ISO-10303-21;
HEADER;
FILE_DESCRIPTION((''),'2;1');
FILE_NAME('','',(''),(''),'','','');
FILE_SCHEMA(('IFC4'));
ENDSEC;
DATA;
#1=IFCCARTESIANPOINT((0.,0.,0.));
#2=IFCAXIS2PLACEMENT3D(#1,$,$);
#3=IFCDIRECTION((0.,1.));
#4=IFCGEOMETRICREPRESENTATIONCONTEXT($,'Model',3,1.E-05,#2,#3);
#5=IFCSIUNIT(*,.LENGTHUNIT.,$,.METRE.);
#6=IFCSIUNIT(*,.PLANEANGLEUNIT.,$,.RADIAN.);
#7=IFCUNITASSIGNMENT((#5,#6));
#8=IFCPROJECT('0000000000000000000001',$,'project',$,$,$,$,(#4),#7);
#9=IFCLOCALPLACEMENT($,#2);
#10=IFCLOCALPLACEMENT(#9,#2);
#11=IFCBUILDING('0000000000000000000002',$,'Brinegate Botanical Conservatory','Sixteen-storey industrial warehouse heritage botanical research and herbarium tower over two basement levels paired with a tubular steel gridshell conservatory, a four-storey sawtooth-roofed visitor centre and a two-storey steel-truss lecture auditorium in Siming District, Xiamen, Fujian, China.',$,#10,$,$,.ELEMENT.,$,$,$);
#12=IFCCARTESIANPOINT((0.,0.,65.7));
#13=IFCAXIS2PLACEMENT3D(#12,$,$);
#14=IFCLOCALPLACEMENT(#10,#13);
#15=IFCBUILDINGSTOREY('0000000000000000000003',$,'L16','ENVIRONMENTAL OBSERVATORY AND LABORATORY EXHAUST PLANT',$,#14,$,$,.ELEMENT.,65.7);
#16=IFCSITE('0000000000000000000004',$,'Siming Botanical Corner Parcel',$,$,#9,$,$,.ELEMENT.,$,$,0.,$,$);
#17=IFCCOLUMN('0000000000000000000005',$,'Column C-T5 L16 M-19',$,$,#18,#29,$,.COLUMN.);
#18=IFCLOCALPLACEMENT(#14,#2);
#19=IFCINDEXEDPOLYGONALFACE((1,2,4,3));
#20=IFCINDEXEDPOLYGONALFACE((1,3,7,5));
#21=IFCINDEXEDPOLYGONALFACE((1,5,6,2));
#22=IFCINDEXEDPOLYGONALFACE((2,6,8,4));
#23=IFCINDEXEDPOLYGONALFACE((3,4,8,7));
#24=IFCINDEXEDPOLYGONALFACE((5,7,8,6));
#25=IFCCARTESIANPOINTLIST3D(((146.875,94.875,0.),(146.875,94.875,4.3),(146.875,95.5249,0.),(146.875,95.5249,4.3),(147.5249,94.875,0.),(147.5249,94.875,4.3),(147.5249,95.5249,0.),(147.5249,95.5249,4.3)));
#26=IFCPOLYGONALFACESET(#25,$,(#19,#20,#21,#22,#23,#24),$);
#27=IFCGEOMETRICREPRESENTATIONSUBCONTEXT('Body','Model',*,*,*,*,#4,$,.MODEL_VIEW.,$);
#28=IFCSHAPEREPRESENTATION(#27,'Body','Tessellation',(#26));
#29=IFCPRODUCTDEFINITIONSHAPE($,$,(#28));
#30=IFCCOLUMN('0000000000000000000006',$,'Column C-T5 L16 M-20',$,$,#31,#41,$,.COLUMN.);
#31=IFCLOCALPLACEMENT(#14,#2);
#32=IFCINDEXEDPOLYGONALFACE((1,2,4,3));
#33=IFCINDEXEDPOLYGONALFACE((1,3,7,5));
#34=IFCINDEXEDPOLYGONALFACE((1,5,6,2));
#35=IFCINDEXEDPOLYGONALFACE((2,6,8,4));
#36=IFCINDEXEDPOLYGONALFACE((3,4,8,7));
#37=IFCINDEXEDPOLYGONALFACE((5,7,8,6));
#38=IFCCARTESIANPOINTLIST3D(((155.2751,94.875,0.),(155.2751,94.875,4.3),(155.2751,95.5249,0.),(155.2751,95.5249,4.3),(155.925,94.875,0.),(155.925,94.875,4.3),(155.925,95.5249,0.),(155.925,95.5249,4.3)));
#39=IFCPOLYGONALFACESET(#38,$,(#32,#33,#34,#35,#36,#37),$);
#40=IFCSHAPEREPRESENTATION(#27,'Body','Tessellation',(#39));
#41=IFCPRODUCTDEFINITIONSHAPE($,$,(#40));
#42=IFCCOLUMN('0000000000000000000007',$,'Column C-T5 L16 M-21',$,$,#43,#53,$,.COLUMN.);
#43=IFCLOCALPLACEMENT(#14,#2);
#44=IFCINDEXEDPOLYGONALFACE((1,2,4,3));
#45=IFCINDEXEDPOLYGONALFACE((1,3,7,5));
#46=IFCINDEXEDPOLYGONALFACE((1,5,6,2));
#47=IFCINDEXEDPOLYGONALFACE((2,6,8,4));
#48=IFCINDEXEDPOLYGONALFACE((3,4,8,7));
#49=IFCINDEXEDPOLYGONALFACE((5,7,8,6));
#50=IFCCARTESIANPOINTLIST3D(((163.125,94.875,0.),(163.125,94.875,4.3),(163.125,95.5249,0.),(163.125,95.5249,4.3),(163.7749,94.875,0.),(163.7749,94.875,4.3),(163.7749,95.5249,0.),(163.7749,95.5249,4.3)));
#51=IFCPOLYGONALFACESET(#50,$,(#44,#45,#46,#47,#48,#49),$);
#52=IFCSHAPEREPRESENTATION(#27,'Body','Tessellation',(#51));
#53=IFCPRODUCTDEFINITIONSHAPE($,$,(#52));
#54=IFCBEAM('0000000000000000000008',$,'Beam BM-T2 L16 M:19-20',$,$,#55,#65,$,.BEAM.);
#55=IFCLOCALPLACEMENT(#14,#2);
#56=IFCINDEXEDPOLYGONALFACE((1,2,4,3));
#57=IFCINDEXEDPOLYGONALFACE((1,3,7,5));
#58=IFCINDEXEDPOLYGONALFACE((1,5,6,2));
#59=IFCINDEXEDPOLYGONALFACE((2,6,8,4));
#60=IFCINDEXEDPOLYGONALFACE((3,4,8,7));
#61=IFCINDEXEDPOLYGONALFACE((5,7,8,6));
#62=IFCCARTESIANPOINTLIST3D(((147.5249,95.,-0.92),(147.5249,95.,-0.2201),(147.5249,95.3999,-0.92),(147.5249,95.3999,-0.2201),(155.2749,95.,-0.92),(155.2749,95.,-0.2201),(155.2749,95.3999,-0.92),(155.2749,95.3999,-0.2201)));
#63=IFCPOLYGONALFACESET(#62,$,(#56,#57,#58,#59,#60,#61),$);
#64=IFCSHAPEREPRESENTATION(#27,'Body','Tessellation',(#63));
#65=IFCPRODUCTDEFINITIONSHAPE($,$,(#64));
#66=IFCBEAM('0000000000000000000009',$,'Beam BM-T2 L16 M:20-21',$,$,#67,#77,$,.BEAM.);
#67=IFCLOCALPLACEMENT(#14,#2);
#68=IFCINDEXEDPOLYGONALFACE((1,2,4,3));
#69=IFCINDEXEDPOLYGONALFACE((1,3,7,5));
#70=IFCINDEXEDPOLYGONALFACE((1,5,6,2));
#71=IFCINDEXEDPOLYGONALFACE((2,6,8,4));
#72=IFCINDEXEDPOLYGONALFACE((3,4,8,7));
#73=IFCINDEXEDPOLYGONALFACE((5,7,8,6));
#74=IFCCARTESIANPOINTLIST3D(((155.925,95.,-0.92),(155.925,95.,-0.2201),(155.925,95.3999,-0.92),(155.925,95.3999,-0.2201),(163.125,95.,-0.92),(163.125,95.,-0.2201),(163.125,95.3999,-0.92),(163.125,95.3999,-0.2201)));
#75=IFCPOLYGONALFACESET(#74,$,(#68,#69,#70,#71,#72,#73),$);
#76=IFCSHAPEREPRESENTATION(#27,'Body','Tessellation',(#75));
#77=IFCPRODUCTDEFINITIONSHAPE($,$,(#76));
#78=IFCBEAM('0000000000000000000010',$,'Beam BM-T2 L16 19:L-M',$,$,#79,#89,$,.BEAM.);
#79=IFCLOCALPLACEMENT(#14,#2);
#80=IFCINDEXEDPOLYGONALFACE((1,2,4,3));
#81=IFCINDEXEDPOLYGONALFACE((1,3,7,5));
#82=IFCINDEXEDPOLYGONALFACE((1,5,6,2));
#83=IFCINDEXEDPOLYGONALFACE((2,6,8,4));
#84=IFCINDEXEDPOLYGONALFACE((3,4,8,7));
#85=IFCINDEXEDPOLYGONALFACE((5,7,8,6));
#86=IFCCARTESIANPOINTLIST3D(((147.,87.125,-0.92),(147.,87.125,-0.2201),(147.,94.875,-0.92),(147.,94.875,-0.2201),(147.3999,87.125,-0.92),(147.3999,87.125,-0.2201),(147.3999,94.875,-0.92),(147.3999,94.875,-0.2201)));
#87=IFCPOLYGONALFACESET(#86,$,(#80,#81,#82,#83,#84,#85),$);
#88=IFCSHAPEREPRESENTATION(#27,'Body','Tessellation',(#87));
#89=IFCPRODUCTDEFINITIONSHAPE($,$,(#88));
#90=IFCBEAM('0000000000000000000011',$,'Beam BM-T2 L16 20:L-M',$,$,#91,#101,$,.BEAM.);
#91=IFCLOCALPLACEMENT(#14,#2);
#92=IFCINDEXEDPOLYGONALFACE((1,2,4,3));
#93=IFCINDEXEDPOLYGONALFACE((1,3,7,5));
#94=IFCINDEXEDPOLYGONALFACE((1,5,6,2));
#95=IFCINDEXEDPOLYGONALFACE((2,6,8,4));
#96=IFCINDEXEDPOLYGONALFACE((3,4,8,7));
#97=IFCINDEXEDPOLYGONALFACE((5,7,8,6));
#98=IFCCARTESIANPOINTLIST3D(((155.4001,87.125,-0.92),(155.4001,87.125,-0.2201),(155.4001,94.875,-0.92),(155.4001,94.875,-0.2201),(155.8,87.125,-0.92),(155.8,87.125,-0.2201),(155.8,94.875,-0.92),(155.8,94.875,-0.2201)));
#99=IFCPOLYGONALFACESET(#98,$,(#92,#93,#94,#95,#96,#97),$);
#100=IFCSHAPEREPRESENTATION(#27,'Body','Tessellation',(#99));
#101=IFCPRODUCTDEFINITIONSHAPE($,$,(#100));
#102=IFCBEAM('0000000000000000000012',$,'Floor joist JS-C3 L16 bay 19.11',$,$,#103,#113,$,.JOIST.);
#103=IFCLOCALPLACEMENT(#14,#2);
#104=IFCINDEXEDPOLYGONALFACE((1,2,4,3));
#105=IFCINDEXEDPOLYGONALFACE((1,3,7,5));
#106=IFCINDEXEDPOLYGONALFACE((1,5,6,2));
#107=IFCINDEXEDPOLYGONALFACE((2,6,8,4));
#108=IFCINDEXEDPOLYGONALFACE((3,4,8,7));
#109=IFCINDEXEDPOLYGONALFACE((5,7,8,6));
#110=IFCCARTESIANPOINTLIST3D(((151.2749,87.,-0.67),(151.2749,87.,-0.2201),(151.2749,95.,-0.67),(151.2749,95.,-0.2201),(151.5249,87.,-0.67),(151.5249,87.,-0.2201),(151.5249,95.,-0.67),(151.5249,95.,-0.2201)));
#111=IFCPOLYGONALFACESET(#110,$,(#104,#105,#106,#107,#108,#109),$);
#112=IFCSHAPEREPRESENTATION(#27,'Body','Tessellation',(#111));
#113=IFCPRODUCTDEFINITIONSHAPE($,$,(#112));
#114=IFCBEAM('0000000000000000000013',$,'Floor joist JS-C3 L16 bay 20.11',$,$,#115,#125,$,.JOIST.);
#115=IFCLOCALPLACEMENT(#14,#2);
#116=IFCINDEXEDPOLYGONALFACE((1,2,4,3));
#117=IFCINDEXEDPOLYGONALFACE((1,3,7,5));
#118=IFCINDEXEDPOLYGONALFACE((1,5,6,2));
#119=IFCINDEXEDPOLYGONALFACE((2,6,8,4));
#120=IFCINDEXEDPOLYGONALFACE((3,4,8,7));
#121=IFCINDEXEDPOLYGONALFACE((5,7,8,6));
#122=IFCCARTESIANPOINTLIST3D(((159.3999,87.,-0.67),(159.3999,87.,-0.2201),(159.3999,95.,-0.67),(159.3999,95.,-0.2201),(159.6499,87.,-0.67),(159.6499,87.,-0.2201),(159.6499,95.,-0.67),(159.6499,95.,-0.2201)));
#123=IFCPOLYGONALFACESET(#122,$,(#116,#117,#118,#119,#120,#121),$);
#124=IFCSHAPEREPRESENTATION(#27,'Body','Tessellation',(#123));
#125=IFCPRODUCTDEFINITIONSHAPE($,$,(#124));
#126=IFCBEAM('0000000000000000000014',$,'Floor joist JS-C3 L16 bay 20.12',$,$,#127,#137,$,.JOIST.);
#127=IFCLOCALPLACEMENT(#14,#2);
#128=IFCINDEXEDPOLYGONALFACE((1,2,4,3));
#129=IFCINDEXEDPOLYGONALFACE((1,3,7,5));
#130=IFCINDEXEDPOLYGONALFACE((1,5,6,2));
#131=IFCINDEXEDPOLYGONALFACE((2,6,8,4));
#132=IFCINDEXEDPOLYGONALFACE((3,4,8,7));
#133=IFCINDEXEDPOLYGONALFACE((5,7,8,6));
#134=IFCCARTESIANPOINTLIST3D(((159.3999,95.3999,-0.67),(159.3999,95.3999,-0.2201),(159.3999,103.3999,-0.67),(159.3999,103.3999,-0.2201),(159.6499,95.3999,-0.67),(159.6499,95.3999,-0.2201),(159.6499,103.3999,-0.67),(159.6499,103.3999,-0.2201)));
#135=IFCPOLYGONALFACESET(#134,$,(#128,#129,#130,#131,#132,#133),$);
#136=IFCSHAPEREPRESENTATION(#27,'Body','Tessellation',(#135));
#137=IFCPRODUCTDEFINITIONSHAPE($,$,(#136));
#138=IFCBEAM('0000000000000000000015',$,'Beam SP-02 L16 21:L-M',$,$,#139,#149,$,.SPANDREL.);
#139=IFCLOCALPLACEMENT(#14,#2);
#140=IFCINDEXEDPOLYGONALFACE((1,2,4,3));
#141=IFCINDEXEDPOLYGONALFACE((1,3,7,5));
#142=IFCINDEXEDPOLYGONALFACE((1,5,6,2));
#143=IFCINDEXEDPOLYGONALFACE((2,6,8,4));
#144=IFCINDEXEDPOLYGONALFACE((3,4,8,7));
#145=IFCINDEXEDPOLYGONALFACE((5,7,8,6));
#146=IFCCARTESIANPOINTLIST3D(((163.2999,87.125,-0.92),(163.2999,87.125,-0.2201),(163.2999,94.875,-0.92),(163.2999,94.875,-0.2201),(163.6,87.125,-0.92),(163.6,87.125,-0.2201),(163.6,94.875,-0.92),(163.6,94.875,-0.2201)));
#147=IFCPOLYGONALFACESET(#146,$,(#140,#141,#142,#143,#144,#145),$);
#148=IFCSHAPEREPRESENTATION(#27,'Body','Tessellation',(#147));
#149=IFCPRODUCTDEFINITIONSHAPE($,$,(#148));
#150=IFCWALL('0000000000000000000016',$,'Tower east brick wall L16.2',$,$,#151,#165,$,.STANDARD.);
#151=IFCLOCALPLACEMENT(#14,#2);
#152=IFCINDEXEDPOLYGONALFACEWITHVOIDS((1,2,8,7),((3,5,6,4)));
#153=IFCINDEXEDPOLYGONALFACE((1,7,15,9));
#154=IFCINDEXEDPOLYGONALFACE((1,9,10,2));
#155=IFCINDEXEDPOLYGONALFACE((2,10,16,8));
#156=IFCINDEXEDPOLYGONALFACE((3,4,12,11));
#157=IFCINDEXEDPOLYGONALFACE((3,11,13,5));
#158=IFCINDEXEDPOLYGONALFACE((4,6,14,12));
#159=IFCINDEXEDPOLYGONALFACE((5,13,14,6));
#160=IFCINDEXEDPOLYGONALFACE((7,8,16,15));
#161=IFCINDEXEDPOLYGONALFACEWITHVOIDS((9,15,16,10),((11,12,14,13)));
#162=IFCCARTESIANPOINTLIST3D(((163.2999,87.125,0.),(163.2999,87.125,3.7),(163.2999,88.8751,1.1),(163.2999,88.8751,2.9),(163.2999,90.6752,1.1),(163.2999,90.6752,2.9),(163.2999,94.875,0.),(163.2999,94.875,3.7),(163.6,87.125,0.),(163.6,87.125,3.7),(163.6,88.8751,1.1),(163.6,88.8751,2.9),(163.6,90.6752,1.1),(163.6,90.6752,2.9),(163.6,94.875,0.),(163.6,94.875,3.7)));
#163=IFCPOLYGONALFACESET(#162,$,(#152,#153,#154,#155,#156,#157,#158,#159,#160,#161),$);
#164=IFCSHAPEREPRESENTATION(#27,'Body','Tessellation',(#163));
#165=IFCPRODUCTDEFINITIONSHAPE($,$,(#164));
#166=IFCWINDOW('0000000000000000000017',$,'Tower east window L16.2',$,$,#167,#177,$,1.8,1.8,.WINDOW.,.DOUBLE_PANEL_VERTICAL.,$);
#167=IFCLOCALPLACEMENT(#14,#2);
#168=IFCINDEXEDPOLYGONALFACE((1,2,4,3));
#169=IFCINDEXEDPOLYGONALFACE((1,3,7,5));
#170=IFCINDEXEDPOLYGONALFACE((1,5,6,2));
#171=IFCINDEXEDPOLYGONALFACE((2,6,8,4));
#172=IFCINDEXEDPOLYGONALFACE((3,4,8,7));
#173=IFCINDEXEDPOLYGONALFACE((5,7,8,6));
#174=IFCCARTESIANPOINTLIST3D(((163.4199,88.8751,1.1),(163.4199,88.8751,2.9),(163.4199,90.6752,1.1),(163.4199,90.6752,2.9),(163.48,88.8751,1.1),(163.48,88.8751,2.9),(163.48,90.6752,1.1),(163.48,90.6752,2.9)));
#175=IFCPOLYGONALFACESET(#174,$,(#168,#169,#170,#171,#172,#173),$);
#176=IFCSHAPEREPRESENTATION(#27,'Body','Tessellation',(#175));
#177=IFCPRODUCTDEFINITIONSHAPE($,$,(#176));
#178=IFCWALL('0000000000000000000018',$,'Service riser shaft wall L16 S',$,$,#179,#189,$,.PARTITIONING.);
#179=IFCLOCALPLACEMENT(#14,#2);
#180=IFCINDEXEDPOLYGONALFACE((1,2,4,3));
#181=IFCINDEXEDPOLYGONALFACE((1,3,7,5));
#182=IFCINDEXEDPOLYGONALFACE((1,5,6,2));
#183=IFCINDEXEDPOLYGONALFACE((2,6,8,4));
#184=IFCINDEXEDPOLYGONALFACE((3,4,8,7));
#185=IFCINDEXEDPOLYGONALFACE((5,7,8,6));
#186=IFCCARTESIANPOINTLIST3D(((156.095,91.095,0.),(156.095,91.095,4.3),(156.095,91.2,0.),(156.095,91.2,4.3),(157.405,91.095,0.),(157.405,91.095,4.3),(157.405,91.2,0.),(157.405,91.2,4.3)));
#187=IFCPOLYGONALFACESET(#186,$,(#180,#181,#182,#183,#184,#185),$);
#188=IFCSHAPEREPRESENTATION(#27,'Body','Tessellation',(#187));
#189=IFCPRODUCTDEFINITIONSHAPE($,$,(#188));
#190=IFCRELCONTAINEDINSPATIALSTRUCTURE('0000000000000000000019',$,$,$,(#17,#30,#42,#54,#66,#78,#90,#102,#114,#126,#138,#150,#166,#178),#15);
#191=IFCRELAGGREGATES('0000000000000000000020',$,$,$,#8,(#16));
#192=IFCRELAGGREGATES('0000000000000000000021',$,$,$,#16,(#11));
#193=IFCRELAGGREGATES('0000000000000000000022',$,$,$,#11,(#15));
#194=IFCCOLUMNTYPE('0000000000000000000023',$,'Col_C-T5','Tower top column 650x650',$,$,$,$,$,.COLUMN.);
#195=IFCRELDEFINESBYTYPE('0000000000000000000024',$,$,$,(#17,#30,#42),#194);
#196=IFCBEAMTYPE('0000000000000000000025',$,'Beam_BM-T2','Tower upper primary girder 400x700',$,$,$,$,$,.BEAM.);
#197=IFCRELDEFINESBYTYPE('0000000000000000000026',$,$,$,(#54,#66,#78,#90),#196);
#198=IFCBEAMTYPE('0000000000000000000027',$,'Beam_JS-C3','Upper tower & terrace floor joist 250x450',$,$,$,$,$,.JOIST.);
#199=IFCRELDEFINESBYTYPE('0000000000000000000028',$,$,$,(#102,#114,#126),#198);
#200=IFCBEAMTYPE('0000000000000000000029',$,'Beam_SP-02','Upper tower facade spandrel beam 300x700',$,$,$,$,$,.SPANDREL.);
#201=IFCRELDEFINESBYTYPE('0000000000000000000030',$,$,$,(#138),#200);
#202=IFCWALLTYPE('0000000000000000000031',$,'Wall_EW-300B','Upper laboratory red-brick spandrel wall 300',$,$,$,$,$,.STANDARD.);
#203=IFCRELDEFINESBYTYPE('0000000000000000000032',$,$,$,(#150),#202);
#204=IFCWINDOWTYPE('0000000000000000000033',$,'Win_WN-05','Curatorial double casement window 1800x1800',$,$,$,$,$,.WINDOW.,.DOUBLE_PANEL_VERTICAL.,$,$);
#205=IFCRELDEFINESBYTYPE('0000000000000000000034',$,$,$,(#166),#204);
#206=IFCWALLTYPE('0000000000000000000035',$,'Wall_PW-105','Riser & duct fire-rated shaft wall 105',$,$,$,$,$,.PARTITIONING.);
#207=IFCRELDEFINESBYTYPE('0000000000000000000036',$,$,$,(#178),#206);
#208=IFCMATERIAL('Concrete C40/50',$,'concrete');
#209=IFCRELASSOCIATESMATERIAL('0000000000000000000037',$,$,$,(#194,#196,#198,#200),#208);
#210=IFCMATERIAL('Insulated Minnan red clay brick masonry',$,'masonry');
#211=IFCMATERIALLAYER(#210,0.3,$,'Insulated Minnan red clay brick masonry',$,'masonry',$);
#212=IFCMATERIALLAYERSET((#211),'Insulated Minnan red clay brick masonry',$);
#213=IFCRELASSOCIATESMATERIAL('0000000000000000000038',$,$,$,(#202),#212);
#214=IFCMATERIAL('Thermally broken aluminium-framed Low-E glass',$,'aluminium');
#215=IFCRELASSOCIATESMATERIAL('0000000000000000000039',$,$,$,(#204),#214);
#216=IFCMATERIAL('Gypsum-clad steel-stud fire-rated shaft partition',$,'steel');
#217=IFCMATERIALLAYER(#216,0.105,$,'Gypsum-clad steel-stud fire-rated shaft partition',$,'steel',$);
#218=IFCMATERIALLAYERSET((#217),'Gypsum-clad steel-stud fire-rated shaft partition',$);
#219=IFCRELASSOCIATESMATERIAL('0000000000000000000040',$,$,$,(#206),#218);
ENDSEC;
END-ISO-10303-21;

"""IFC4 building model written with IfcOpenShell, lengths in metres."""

from ifc_helpers import new_model, si_unit, direction, frame, frame_2d, origin, origin_2d, place, context, subcontext, project, spatial, rectangle, extrude, material, layer, layer_set, material_profile, profile_set, type_object, element, fill, save


model = new_model("IFC4")

# Units and contexts
model_context = context("Model", 3, precision=1e-05, world=origin(), true_north=direction((0.0, 1.0)))
body_context = subcontext(model_context, "Body", "Model", "MODEL_VIEW")
ifc_project = project(units=[si_unit("LENGTHUNIT", "METRE"), si_unit("PLANEANGLEUNIT", "RADIAN")], contexts=[model_context])

# Site, building, storey
site_placement = place(None, origin())
site = spatial("IfcSite", under=ifc_project, at=site_placement, Name="Siming Botanical Corner Parcel", CompositionType="ELEMENT", RefElevation=0.0)
building_placement = place(site_placement, origin())
building = spatial("IfcBuilding", under=site, at=building_placement, Name="Brinegate Botanical Conservatory", Description="Sixteen-storey industrial warehouse heritage botanical research and herbarium tower over two basement levels paired with a tubular steel gridshell conservatory, a four-storey sawtooth-roofed visitor centre and a two-storey steel-truss lecture auditorium in Siming District, Xiamen, Fujian, China.", CompositionType="ELEMENT")
storey_placement = place(building_placement, frame((0.0, 0.0, 65.7)))
storey = spatial("IfcBuildingStorey", under=building, at=storey_placement, Name="L16", Description="ENVIRONMENTAL OBSERVATORY AND LABORATORY EXHAUST PLANT", CompositionType="ELEMENT", Elevation=65.7)

# Columns
ifc_material_1 = material(Name="Concrete C40/50", Category="concrete")
ifc_material_profile_1 = material_profile(ifc_material_1, rectangle(XDim=0.6499, YDim=0.6499, at=origin_2d()), Name="RC COL 650x650")
ifc_profile_set_1 = profile_set([ifc_material_profile_1], Name="Concrete C40/50")
column_type = type_object("IfcColumnType", Name="Col_C-T5", Description="Tower top column 650x650", PredefinedType="COLUMN", material=ifc_profile_set_1)
for number, where, z_axis, x_axis, name in (
    (1, (147.2, 95.2, 0.0), (0.0, 0.0, 1.0), (1.0, 0.0, 0.0), "Column C-T5 L16 M-19"),
    (2, (155.6001, 95.2, 0.0), (0.0, 0.0, 1.0), (1.0, 0.0, 0.0), "Column C-T5 L16 M-20"),
    (3, (163.45, 95.2, 0.0), (0.0, 0.0, 1.0), (1.0, 0.0, 0.0), "Column C-T5 L16 M-21"),
):
    element("IfcColumn", number, at=place(storey_placement, frame(where, z_axis=z_axis, x_axis=x_axis)), inside=storey, type_object=column_type, Name=name, PredefinedType="COLUMN", context=body_context, shape_type="SweptSolid", body=[
        extrude(rectangle(XDim=0.6499, YDim=0.6499, at=origin_2d()), origin(), (0.0, 0.0, 1.0), 4.3),
    ])

# Beams
ifc_material_profile_2 = material_profile(ifc_material_1, rectangle(XDim=0.3999, YDim=0.7, at=origin_2d()), Name="RC BM 400x700")
ifc_profile_set_2 = profile_set([ifc_material_profile_2], Name="Concrete C40/50")
beam_type_1 = type_object("IfcBeamType", Name="Beam_BM-T2", Description="Tower upper primary girder 400x700", PredefinedType="BEAM", material=ifc_profile_set_2)
beam_1_placement = place(storey_placement, frame((147.5249, 95.2, -0.5701), z_axis=(1.0, 0.0, 0.0), x_axis=(0.0, 1.0, 0.0)))
element("IfcBeam", 4, at=beam_1_placement, inside=storey, type_object=beam_type_1, Name="Beam BM-T2 L16 M:19-20", PredefinedType="BEAM", context=body_context, shape_type="SweptSolid", body=[
    extrude(rectangle(XDim=0.3999, YDim=0.7, at=origin_2d()), origin(), (0.0, 0.0, 1.0), 7.75),
])
beam_2_placement = place(storey_placement, frame((155.925, 95.2, -0.5701), z_axis=(1.0, 0.0, 0.0), x_axis=(0.0, 1.0, 0.0)))
element("IfcBeam", 5, at=beam_2_placement, inside=storey, type_object=beam_type_1, Name="Beam BM-T2 L16 M:20-21", PredefinedType="BEAM", context=body_context, shape_type="SweptSolid", body=[
    extrude(rectangle(XDim=0.3999, YDim=0.7, at=origin_2d()), origin(), (0.0, 0.0, 1.0), 7.2),
])
for number, where, z_axis, x_axis, name in (
    (6, (147.2, 87.125, -0.5701), (0.0, 1.0, 0.0), (-1.0, 0.0, 0.0), "Beam BM-T2 L16 19:L-M"),
    (7, (155.6001, 87.125, -0.5701), (0.0, 1.0, 0.0), (-1.0, 0.0, 0.0), "Beam BM-T2 L16 20:L-M"),
):
    element("IfcBeam", number, at=place(storey_placement, frame(where, z_axis=z_axis, x_axis=x_axis)), inside=storey, type_object=beam_type_1, Name=name, PredefinedType="BEAM", context=body_context, shape_type="SweptSolid", body=[
        extrude(rectangle(XDim=0.3999, YDim=0.7, at=origin_2d()), origin(), (0.0, 0.0, 1.0), 7.75),
    ])
ifc_material_profile_3 = material_profile(ifc_material_1, rectangle(XDim=0.25, YDim=0.45, at=origin_2d()), Name="RC JST 250x450")
ifc_profile_set_3 = profile_set([ifc_material_profile_3], Name="Concrete C40/50")
beam_type_2 = type_object("IfcBeamType", Name="Beam_JS-C3", Description="Upper tower & terrace floor joist 250x450", PredefinedType="JOIST", material=ifc_profile_set_3)
for number, where, z_axis, x_axis, name in (
    (8, (151.3999, 87.0, -0.4451), (0.0, 1.0, 0.0), (-1.0, 0.0, 0.0), "Floor joist JS-C3 L16 bay 19.11"),
    (9, (159.5249, 87.0, -0.4451), (0.0, 1.0, 0.0), (-1.0, 0.0, 0.0), "Floor joist JS-C3 L16 bay 20.11"),
    (10, (159.5249, 95.3999, -0.4451), (0.0, 1.0, 0.0), (-1.0, 0.0, 0.0), "Floor joist JS-C3 L16 bay 20.12"),
):
    element("IfcBeam", number, at=place(storey_placement, frame(where, z_axis=z_axis, x_axis=x_axis)), inside=storey, type_object=beam_type_2, Name=name, PredefinedType="JOIST", context=body_context, shape_type="SweptSolid", body=[
        extrude(rectangle(XDim=0.25, YDim=0.45, at=origin_2d()), origin(), (0.0, 0.0, 1.0), 8.0),
    ])
ifc_material_profile_4 = material_profile(ifc_material_1, rectangle(XDim=0.3, YDim=0.7, at=origin_2d()), Name="RC SPN 300x700")
ifc_profile_set_4 = profile_set([ifc_material_profile_4], Name="Concrete C40/50")
beam_type_3 = type_object("IfcBeamType", Name="Beam_SP-02", Description="Upper tower facade spandrel beam 300x700", PredefinedType="SPANDREL", material=ifc_profile_set_4)
beam_3_placement = place(storey_placement, frame((163.45, 87.125, -0.5701), z_axis=(0.0, 1.0, 0.0), x_axis=(-1.0, 0.0, 0.0)))
element("IfcBeam", 11, at=beam_3_placement, inside=storey, type_object=beam_type_3, Name="Beam SP-02 L16 21:L-M", PredefinedType="SPANDREL", context=body_context, shape_type="SweptSolid", body=[
    extrude(rectangle(XDim=0.3, YDim=0.7, at=origin_2d()), origin(), (0.0, 0.0, 1.0), 7.75),
])

# Wall, opening, window
ifc_material_2 = material(Name="Insulated Minnan red clay brick masonry", Category="masonry")
ifc_layer_1 = layer(ifc_material_2, 0.3, Name="Insulated Minnan red clay brick masonry", Category="masonry")
ifc_layer_set_1 = layer_set([ifc_layer_1], Name="Insulated Minnan red clay brick masonry")
wall_type_1 = type_object("IfcWallType", Name="Wall_EW-300B", Description="Upper laboratory red-brick spandrel wall 300", PredefinedType="STANDARD", material=ifc_layer_set_1)
wall_1_placement = place(storey_placement, frame((163.45, 94.875, 0.0), z_axis=(0.0, 0.0, 1.0), x_axis=(0.0, -1.0, 0.0)))
wall_1 = element("IfcWall", 12, at=wall_1_placement, inside=storey, type_object=wall_type_1, Name="Tower east brick wall L16.2", PredefinedType="STANDARD", context=body_context, shape_type="SweptSolid", body=[
    extrude(rectangle(XDim=7.75, YDim=0.3, at=frame_2d((3.875, 0.0))), origin(), (0.0, 0.0, 1.0), 3.7),
])
opening_1_placement = place(wall_1_placement, frame((4.2, 0.0, 1.1001)))
opening_1 = element("IfcOpeningElement", 13, at=opening_1_placement, cuts=wall_1, PredefinedType="OPENING", context=body_context, shape_type="SweptSolid", body=[
    extrude(rectangle(XDim=1.8, YDim=1.8, at=frame_2d((0.8999, 0.8999))), frame((0.0, 0.1599, 0.0), z_axis=(0.0, -1.0, 0.0), x_axis=(1.0, 0.0, 0.0)), (0.0, 0.0, 1.0), 0.3201),
])
ifc_material_3 = material(Name="Thermally broken aluminium-framed Low-E glass", Category="aluminium")
window_type = type_object("IfcWindowType", Name="Win_WN-05", Description="Curatorial double casement window 1800x1800", PartitioningType="DOUBLE_PANEL_VERTICAL", PredefinedType="WINDOW", material=ifc_material_3)
window_placement = place(opening_1_placement, origin())
window = element("IfcWindow", 14, at=window_placement, inside=storey, type_object=window_type, Name="Tower east window L16.2", OverallHeight=1.8, OverallWidth=1.8, PartitioningType="DOUBLE_PANEL_VERTICAL", PredefinedType="WINDOW", context=body_context, shape_type="SweptSolid", body=[
    extrude(rectangle(XDim=1.8, YDim=1.8, at=frame_2d((0.8999, 0.8999))), frame((0.0, 0.03, 0.0), z_axis=(0.0, -1.0, 0.0), x_axis=(1.0, 0.0, 0.0)), (0.0, 0.0, 1.0), 0.0601),
])
fill(opening_1, window)

# Wall
ifc_material_4 = material(Name="Gypsum-clad steel-stud fire-rated shaft partition", Category="steel")
ifc_layer_2 = layer(ifc_material_4, 0.105, Name="Gypsum-clad steel-stud fire-rated shaft partition", Category="steel")
ifc_layer_set_2 = layer_set([ifc_layer_2], Name="Gypsum-clad steel-stud fire-rated shaft partition")
wall_type_2 = type_object("IfcWallType", Name="Wall_PW-105", Description="Riser & duct fire-rated shaft wall 105", PredefinedType="PARTITIONING", material=ifc_layer_set_2)
for number, where, z_axis, x_axis, name in (
    (15, (156.095, 91.1475, 0.0), (0.0, 0.0, 1.0), (1.0, 0.0, 0.0), "Service riser shaft wall L16 S"),
):
    element("IfcWall", number, at=place(storey_placement, frame(where, z_axis=z_axis, x_axis=x_axis)), inside=storey, type_object=wall_type_2, Name=name, PredefinedType="PARTITIONING", context=body_context, shape_type="SweptSolid", body=[
        extrude(rectangle(XDim=1.3101, YDim=0.105, at=frame_2d((0.655, 0.0))), origin(), (0.0, 0.0, 1.0), 4.3),
    ])

save(model, "model.ifc")
